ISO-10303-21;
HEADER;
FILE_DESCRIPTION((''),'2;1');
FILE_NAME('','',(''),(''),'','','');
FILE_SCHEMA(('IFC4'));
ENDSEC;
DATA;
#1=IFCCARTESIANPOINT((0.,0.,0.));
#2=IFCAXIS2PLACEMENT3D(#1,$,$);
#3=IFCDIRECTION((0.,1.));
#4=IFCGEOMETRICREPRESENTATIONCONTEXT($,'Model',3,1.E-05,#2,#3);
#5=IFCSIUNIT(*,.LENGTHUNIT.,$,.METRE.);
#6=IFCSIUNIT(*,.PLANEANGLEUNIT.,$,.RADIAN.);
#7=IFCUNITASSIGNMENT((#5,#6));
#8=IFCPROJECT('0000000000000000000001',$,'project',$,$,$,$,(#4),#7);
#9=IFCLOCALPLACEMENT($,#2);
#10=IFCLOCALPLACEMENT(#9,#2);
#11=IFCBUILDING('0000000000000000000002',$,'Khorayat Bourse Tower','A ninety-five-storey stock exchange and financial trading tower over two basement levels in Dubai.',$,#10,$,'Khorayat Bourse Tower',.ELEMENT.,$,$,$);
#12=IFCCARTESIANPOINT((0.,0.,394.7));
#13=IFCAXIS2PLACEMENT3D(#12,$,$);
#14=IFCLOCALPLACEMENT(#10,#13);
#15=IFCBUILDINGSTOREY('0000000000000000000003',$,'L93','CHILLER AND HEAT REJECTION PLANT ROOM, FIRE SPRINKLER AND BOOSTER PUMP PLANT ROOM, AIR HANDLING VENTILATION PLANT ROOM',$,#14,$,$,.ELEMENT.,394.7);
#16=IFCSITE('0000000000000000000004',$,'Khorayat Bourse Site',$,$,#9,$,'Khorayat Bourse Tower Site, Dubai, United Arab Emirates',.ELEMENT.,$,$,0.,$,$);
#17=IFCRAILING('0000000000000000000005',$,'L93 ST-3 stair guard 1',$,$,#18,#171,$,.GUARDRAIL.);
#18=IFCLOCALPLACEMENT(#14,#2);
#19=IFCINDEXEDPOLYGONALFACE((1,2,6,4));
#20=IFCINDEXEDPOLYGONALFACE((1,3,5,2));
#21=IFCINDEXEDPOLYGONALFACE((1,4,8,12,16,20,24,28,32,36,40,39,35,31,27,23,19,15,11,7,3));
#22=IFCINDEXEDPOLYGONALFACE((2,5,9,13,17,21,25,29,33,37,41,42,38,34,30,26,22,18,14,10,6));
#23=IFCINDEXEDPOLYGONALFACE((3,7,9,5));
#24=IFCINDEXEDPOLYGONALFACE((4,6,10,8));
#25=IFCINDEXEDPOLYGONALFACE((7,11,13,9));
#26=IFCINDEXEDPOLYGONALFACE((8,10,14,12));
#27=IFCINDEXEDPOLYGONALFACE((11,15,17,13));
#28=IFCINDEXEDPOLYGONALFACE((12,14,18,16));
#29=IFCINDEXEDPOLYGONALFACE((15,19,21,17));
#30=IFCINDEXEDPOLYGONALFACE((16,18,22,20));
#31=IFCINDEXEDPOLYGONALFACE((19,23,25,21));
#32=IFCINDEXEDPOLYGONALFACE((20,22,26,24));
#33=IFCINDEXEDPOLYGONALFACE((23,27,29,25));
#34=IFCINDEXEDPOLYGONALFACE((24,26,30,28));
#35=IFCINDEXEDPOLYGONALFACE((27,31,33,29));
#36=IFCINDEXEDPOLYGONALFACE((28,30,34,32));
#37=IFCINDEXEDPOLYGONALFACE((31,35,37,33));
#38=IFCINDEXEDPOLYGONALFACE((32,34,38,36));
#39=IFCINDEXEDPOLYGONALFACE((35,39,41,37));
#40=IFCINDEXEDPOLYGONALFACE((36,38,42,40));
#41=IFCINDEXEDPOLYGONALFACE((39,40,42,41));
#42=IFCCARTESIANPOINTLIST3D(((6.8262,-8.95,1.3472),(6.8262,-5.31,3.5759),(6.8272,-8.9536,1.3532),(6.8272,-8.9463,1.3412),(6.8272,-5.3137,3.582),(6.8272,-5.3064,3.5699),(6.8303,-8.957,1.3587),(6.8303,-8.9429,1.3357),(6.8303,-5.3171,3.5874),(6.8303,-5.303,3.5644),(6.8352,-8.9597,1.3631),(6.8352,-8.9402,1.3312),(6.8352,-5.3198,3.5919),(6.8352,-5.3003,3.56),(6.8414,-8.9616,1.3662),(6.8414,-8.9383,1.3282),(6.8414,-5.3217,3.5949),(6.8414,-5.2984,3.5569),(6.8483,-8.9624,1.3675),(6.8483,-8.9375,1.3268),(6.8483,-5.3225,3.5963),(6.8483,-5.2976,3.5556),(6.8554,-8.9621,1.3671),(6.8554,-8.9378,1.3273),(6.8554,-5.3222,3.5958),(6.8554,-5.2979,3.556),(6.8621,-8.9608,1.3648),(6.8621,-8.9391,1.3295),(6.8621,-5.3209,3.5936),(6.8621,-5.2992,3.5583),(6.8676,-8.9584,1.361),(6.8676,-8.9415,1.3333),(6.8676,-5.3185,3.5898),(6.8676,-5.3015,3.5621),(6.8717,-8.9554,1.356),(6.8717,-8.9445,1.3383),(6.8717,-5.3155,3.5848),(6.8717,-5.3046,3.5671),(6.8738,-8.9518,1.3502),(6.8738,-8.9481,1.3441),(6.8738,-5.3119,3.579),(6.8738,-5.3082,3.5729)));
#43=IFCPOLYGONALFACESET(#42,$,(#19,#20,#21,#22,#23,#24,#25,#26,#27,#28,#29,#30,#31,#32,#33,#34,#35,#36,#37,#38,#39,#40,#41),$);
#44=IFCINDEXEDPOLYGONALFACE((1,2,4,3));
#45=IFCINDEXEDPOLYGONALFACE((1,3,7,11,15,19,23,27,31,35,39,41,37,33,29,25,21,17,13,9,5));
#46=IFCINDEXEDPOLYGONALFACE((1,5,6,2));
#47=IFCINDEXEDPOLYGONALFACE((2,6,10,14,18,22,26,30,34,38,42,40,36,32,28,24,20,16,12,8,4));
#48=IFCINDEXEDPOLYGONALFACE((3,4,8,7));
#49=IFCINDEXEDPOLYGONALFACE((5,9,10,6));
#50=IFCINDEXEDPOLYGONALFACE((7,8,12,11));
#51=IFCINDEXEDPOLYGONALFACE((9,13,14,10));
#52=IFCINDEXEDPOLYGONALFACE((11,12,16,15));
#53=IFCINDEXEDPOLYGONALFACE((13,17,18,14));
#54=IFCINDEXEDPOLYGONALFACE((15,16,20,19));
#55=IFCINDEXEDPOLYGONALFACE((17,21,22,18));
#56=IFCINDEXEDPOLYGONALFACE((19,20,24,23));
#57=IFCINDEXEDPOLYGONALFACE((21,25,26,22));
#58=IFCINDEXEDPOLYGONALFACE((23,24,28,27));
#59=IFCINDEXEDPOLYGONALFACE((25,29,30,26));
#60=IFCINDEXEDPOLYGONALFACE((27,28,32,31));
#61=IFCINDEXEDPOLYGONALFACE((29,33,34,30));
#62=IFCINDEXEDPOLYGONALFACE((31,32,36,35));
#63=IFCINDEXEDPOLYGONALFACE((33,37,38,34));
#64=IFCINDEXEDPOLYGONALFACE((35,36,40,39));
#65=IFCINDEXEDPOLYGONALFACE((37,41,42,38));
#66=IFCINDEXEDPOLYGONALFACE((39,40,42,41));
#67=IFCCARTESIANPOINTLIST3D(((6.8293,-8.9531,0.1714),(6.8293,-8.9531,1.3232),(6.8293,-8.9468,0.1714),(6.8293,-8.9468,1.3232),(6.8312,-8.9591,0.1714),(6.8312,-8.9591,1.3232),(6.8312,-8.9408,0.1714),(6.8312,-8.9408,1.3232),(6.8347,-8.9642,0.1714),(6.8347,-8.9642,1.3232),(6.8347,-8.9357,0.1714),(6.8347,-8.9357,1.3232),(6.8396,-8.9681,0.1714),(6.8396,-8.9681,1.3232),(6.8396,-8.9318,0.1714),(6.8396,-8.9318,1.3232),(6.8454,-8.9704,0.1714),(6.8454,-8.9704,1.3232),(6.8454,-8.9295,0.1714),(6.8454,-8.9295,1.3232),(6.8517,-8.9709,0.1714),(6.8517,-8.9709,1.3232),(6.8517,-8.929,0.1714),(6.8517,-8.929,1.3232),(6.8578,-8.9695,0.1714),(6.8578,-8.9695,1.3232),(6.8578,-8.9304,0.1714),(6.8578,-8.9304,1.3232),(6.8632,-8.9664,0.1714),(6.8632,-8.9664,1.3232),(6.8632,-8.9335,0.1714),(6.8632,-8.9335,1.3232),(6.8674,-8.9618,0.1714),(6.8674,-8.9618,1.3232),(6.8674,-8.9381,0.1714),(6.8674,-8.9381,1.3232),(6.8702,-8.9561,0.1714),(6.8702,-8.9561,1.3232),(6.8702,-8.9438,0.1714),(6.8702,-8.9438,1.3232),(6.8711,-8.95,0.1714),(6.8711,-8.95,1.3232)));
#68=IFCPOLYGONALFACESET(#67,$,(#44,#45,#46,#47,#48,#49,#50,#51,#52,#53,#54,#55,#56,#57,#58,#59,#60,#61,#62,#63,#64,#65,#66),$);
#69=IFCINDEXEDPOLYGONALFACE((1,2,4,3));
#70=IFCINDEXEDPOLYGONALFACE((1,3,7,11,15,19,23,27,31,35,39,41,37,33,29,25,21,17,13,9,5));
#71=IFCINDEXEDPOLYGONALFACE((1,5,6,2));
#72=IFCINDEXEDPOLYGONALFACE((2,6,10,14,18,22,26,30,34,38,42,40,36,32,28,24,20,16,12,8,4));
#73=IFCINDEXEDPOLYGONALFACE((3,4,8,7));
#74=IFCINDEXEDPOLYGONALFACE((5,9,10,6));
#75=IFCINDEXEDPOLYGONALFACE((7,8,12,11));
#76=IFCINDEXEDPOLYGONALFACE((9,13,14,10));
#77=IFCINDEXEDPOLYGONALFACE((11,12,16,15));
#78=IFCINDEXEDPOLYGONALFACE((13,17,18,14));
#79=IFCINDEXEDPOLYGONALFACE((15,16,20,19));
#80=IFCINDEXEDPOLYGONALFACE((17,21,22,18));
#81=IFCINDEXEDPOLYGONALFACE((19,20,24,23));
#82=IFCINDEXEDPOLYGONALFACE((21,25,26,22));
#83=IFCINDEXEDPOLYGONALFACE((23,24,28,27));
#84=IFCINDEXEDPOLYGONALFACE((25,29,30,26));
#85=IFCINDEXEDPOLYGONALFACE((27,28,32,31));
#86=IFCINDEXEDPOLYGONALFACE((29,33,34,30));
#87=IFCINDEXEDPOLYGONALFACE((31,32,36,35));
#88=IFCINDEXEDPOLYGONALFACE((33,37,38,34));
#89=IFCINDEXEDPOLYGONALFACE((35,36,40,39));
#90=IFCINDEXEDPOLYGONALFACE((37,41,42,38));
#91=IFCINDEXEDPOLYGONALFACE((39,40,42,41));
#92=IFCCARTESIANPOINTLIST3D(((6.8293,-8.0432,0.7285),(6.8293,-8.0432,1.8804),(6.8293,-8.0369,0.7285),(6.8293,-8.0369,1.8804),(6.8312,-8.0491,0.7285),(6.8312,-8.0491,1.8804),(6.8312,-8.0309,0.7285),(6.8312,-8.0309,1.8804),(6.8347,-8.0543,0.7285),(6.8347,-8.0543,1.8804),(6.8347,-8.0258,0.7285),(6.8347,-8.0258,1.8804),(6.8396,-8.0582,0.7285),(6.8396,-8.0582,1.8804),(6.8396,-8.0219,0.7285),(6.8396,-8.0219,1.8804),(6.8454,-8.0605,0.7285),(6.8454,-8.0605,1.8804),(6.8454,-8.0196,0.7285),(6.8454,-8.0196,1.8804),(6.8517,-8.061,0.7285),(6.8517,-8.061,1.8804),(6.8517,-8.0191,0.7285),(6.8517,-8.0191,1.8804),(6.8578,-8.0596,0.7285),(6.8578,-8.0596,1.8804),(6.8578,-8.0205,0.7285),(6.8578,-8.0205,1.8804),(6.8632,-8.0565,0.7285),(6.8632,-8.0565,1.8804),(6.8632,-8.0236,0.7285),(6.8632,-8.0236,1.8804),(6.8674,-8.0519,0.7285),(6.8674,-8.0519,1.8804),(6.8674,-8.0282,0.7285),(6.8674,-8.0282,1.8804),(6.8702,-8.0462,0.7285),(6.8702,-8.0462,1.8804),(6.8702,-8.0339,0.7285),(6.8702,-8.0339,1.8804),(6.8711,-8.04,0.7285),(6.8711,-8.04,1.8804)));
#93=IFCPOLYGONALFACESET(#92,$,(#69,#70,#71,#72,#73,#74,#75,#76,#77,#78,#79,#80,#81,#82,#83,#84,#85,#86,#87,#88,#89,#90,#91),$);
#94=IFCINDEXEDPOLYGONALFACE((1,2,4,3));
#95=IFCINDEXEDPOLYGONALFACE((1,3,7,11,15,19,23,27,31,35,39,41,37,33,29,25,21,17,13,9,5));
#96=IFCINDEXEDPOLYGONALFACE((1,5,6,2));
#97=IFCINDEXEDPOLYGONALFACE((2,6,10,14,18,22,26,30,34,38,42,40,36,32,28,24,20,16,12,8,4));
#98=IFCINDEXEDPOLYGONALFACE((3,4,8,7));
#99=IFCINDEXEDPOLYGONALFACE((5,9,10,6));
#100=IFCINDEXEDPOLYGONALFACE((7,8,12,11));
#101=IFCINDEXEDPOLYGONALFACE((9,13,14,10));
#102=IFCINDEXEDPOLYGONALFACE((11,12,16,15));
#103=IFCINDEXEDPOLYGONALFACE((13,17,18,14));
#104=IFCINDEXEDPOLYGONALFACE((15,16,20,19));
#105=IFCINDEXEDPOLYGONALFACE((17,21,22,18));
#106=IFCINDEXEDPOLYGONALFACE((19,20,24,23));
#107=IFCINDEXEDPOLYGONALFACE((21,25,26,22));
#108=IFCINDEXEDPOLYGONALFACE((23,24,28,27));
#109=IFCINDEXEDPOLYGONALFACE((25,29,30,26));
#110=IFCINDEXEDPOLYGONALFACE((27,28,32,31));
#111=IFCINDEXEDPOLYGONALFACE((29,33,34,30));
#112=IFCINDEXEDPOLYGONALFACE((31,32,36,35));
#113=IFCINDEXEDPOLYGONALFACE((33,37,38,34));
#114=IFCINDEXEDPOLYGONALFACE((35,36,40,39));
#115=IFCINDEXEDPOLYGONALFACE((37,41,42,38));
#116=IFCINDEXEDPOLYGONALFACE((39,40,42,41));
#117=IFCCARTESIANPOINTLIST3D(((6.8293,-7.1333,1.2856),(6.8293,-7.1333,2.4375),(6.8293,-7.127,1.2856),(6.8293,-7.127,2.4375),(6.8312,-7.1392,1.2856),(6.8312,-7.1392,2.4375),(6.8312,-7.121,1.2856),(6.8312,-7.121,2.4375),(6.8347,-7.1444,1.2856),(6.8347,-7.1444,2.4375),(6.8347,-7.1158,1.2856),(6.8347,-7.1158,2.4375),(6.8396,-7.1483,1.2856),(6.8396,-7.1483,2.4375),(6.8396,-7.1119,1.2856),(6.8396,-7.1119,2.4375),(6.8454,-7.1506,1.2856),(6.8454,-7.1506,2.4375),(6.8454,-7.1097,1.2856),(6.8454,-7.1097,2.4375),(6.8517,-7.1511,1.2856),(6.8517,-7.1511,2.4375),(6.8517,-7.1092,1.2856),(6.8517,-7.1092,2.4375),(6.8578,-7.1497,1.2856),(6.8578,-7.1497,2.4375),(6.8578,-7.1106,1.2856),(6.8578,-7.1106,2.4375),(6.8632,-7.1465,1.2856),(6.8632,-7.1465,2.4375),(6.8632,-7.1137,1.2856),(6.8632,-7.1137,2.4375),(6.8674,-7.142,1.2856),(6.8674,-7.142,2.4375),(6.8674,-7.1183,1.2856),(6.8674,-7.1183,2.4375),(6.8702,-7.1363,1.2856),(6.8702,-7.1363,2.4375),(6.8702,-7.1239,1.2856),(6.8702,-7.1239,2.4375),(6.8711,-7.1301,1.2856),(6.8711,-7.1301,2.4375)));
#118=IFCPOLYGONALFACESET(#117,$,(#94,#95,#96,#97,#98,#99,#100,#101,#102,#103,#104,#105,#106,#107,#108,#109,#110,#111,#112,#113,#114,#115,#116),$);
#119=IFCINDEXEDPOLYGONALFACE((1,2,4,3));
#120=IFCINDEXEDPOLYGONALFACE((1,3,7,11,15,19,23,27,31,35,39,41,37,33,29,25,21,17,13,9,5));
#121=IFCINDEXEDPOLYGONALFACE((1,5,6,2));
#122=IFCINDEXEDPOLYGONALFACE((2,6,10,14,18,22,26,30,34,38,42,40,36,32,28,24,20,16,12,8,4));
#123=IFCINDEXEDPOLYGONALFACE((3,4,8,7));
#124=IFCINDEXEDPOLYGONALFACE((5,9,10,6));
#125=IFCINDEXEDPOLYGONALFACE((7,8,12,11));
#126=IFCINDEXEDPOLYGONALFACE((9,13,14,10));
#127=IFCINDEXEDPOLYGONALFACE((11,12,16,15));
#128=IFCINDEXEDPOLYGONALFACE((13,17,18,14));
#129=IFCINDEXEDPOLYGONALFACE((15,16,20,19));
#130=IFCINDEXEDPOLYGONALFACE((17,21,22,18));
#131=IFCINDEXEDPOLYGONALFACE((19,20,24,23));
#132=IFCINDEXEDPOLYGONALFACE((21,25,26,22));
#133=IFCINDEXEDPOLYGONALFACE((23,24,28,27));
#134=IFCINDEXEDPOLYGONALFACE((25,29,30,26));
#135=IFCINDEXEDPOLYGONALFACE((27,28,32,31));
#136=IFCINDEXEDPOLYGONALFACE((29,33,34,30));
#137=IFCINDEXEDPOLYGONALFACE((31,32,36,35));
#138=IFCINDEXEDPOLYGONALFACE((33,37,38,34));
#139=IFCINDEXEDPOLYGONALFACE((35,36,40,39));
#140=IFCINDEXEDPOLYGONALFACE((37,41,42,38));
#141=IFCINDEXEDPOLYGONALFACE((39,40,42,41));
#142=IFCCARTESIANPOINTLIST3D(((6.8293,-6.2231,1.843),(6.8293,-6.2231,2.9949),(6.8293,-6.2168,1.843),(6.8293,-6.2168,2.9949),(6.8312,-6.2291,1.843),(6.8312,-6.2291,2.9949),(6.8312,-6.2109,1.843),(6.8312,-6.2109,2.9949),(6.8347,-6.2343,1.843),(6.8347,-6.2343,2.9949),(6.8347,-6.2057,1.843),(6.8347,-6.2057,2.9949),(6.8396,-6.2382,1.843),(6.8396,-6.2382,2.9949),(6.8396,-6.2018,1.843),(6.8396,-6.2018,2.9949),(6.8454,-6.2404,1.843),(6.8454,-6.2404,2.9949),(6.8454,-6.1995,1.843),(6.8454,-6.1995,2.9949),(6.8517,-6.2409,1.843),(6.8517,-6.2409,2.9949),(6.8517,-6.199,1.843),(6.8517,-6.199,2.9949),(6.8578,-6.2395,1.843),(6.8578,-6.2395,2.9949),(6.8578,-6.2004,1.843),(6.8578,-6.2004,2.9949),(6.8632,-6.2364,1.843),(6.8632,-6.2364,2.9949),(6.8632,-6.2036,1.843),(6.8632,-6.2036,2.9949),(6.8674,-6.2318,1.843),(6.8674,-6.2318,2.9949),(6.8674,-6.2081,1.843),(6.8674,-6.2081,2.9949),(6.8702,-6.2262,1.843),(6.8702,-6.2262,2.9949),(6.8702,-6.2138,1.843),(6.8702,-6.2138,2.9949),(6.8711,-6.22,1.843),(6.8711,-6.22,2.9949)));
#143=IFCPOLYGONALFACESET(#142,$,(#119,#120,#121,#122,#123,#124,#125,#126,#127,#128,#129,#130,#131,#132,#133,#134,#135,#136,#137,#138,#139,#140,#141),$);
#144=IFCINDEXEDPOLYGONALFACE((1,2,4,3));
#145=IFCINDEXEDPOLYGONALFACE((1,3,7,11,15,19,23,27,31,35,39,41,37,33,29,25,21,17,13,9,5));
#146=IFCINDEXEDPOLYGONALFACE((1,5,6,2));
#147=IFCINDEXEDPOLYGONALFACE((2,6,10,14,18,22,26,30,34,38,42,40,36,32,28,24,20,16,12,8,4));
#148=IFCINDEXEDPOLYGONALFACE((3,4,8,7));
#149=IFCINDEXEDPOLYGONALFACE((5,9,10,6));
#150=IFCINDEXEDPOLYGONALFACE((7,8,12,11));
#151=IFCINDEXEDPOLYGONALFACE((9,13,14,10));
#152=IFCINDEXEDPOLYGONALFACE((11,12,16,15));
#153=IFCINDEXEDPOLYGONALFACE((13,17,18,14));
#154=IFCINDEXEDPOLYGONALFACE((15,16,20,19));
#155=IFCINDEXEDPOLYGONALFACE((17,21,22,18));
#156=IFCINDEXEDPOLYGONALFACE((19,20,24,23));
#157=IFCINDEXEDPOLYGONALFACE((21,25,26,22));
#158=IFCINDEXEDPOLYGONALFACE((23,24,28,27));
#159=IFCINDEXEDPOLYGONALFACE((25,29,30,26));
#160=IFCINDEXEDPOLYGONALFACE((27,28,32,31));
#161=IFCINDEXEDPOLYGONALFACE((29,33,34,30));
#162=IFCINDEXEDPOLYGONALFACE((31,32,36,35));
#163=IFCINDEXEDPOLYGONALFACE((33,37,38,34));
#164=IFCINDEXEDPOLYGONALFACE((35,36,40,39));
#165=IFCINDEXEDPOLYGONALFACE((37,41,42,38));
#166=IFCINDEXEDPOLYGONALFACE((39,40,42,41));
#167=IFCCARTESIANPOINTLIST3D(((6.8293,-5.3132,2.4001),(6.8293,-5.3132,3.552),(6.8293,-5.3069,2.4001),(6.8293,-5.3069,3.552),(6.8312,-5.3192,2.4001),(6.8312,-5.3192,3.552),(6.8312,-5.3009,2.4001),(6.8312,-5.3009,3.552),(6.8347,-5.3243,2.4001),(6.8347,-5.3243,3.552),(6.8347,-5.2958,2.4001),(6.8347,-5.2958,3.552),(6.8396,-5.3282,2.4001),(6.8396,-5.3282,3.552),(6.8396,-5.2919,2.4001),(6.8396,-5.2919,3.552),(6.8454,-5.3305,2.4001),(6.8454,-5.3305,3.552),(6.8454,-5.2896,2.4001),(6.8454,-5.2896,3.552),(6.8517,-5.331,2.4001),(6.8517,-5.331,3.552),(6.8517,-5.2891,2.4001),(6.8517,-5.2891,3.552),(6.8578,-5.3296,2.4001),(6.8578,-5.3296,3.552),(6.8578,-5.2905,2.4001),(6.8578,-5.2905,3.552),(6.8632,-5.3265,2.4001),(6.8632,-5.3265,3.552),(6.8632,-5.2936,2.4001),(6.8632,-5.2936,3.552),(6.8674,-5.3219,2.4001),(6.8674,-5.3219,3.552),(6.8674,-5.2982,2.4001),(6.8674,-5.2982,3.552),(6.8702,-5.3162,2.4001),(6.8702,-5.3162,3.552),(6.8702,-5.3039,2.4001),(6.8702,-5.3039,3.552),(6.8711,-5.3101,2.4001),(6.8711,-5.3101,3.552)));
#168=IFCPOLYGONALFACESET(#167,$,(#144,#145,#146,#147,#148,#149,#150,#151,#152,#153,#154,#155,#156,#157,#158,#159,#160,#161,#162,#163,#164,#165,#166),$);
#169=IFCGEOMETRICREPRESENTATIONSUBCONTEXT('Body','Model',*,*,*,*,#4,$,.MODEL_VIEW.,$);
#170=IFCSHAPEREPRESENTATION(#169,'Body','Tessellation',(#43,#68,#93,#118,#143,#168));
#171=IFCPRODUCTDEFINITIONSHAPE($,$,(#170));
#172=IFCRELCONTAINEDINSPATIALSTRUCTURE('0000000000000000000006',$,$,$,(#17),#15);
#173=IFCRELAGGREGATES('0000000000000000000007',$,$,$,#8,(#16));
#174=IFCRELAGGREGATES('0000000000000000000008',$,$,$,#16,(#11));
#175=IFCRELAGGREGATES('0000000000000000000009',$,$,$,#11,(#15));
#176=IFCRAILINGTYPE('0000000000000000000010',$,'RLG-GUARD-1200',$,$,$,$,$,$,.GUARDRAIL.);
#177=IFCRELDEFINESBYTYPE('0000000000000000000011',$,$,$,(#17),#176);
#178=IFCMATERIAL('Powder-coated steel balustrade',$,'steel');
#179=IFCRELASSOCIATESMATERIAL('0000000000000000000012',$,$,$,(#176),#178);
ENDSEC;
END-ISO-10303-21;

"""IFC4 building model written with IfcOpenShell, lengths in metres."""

from ifc_helpers import new_model, si_unit, direction, frame, origin, origin_2d, place, context, subcontext, project, spatial, circle, extrude, source, transform, mapped, material, type_object, element, save


model = new_model("IFC4")

# Units and contexts
model_context = context("Model", 3, precision=1e-05, world=origin(), true_north=direction((0.0, 1.0)))
body_context = subcontext(model_context, "Body", "Model", "MODEL_VIEW")
ifc_project = project(units=[si_unit("LENGTHUNIT", "METRE"), si_unit("PLANEANGLEUNIT", "RADIAN")], contexts=[model_context])

# Site, building, storey
site_placement = place(None, origin())
site = spatial("IfcSite", under=ifc_project, at=site_placement, Name="Khorayat Bourse Site", LongName="Khorayat Bourse Tower Site, Dubai, United Arab Emirates", CompositionType="ELEMENT", RefElevation=0.0)
building_placement = place(site_placement, origin())
building = spatial("IfcBuilding", under=site, at=building_placement, Name="Khorayat Bourse Tower", Description="A ninety-five-storey stock exchange and financial trading tower over two basement levels in Dubai.", LongName="Khorayat Bourse Tower", CompositionType="ELEMENT")
storey_placement = place(building_placement, frame((0.0, 0.0, 394.7)))
storey = spatial("IfcBuildingStorey", under=building, at=storey_placement, Name="L93", Description="CHILLER AND HEAT REJECTION PLANT ROOM, FIRE SPRINKLER AND BOOSTER PUMP PLANT ROOM, AIR HANDLING VENTILATION PLANT ROOM", CompositionType="ELEMENT", Elevation=394.7)

# Railing
ifc_material_1 = material(Name="Powder-coated steel balustrade", Category="steel")
railing_type_1 = type_object("IfcRailingType", Name="RLG-GUARD-1200", PredefinedType="GUARDRAIL", material=ifc_material_1)
shared_shape_1 = source(origin(), body_context, "Body", "SweptSolid", [
    extrude(circle(Radius=0.0239, at=origin_2d()), frame((0.0, 0.0, 1.1758), z_axis=(0.0, 0.852825, 0.522197), x_axis=(-1.0, 0.0, 0.0)), (0.0, 0.0, 1.0), 4.2681),
    extrude(circle(Radius=0.021, at=origin_2d()), origin(), (0.0, 0.0, 1.0), 1.1519),
    extrude(circle(Radius=0.021, at=origin_2d()), frame((0.0, 0.9099, 0.5571)), (0.0, 0.0, 1.0), 1.1519),
    extrude(circle(Radius=0.021, at=origin_2d()), frame((0.0, 1.8198, 1.1143)), (0.0, 0.0, 1.0), 1.1519),
    extrude(circle(Radius=0.021, at=origin_2d()), frame((0.0, 2.73, 1.6716)), (0.0, 0.0, 1.0), 1.1519),
    extrude(circle(Radius=0.021, at=origin_2d()), frame((0.0, 3.6399, 2.2288)), (0.0, 0.0, 1.0), 1.1519),
])
railing_1_placement = place(storey_placement, frame((6.8501, -8.95, 0.1714)))
element("IfcRailing", 1, at=railing_1_placement, inside=storey, type_object=railing_type_1, Name="L93 ST-3 stair guard 1", PredefinedType="GUARDRAIL", context=body_context, shape_type="MappedRepresentation", body=[
    mapped(shared_shape_1, transform((0.0, 0.0, 0.0), scale=1.0)),
])

save(model, "model.ifc")
